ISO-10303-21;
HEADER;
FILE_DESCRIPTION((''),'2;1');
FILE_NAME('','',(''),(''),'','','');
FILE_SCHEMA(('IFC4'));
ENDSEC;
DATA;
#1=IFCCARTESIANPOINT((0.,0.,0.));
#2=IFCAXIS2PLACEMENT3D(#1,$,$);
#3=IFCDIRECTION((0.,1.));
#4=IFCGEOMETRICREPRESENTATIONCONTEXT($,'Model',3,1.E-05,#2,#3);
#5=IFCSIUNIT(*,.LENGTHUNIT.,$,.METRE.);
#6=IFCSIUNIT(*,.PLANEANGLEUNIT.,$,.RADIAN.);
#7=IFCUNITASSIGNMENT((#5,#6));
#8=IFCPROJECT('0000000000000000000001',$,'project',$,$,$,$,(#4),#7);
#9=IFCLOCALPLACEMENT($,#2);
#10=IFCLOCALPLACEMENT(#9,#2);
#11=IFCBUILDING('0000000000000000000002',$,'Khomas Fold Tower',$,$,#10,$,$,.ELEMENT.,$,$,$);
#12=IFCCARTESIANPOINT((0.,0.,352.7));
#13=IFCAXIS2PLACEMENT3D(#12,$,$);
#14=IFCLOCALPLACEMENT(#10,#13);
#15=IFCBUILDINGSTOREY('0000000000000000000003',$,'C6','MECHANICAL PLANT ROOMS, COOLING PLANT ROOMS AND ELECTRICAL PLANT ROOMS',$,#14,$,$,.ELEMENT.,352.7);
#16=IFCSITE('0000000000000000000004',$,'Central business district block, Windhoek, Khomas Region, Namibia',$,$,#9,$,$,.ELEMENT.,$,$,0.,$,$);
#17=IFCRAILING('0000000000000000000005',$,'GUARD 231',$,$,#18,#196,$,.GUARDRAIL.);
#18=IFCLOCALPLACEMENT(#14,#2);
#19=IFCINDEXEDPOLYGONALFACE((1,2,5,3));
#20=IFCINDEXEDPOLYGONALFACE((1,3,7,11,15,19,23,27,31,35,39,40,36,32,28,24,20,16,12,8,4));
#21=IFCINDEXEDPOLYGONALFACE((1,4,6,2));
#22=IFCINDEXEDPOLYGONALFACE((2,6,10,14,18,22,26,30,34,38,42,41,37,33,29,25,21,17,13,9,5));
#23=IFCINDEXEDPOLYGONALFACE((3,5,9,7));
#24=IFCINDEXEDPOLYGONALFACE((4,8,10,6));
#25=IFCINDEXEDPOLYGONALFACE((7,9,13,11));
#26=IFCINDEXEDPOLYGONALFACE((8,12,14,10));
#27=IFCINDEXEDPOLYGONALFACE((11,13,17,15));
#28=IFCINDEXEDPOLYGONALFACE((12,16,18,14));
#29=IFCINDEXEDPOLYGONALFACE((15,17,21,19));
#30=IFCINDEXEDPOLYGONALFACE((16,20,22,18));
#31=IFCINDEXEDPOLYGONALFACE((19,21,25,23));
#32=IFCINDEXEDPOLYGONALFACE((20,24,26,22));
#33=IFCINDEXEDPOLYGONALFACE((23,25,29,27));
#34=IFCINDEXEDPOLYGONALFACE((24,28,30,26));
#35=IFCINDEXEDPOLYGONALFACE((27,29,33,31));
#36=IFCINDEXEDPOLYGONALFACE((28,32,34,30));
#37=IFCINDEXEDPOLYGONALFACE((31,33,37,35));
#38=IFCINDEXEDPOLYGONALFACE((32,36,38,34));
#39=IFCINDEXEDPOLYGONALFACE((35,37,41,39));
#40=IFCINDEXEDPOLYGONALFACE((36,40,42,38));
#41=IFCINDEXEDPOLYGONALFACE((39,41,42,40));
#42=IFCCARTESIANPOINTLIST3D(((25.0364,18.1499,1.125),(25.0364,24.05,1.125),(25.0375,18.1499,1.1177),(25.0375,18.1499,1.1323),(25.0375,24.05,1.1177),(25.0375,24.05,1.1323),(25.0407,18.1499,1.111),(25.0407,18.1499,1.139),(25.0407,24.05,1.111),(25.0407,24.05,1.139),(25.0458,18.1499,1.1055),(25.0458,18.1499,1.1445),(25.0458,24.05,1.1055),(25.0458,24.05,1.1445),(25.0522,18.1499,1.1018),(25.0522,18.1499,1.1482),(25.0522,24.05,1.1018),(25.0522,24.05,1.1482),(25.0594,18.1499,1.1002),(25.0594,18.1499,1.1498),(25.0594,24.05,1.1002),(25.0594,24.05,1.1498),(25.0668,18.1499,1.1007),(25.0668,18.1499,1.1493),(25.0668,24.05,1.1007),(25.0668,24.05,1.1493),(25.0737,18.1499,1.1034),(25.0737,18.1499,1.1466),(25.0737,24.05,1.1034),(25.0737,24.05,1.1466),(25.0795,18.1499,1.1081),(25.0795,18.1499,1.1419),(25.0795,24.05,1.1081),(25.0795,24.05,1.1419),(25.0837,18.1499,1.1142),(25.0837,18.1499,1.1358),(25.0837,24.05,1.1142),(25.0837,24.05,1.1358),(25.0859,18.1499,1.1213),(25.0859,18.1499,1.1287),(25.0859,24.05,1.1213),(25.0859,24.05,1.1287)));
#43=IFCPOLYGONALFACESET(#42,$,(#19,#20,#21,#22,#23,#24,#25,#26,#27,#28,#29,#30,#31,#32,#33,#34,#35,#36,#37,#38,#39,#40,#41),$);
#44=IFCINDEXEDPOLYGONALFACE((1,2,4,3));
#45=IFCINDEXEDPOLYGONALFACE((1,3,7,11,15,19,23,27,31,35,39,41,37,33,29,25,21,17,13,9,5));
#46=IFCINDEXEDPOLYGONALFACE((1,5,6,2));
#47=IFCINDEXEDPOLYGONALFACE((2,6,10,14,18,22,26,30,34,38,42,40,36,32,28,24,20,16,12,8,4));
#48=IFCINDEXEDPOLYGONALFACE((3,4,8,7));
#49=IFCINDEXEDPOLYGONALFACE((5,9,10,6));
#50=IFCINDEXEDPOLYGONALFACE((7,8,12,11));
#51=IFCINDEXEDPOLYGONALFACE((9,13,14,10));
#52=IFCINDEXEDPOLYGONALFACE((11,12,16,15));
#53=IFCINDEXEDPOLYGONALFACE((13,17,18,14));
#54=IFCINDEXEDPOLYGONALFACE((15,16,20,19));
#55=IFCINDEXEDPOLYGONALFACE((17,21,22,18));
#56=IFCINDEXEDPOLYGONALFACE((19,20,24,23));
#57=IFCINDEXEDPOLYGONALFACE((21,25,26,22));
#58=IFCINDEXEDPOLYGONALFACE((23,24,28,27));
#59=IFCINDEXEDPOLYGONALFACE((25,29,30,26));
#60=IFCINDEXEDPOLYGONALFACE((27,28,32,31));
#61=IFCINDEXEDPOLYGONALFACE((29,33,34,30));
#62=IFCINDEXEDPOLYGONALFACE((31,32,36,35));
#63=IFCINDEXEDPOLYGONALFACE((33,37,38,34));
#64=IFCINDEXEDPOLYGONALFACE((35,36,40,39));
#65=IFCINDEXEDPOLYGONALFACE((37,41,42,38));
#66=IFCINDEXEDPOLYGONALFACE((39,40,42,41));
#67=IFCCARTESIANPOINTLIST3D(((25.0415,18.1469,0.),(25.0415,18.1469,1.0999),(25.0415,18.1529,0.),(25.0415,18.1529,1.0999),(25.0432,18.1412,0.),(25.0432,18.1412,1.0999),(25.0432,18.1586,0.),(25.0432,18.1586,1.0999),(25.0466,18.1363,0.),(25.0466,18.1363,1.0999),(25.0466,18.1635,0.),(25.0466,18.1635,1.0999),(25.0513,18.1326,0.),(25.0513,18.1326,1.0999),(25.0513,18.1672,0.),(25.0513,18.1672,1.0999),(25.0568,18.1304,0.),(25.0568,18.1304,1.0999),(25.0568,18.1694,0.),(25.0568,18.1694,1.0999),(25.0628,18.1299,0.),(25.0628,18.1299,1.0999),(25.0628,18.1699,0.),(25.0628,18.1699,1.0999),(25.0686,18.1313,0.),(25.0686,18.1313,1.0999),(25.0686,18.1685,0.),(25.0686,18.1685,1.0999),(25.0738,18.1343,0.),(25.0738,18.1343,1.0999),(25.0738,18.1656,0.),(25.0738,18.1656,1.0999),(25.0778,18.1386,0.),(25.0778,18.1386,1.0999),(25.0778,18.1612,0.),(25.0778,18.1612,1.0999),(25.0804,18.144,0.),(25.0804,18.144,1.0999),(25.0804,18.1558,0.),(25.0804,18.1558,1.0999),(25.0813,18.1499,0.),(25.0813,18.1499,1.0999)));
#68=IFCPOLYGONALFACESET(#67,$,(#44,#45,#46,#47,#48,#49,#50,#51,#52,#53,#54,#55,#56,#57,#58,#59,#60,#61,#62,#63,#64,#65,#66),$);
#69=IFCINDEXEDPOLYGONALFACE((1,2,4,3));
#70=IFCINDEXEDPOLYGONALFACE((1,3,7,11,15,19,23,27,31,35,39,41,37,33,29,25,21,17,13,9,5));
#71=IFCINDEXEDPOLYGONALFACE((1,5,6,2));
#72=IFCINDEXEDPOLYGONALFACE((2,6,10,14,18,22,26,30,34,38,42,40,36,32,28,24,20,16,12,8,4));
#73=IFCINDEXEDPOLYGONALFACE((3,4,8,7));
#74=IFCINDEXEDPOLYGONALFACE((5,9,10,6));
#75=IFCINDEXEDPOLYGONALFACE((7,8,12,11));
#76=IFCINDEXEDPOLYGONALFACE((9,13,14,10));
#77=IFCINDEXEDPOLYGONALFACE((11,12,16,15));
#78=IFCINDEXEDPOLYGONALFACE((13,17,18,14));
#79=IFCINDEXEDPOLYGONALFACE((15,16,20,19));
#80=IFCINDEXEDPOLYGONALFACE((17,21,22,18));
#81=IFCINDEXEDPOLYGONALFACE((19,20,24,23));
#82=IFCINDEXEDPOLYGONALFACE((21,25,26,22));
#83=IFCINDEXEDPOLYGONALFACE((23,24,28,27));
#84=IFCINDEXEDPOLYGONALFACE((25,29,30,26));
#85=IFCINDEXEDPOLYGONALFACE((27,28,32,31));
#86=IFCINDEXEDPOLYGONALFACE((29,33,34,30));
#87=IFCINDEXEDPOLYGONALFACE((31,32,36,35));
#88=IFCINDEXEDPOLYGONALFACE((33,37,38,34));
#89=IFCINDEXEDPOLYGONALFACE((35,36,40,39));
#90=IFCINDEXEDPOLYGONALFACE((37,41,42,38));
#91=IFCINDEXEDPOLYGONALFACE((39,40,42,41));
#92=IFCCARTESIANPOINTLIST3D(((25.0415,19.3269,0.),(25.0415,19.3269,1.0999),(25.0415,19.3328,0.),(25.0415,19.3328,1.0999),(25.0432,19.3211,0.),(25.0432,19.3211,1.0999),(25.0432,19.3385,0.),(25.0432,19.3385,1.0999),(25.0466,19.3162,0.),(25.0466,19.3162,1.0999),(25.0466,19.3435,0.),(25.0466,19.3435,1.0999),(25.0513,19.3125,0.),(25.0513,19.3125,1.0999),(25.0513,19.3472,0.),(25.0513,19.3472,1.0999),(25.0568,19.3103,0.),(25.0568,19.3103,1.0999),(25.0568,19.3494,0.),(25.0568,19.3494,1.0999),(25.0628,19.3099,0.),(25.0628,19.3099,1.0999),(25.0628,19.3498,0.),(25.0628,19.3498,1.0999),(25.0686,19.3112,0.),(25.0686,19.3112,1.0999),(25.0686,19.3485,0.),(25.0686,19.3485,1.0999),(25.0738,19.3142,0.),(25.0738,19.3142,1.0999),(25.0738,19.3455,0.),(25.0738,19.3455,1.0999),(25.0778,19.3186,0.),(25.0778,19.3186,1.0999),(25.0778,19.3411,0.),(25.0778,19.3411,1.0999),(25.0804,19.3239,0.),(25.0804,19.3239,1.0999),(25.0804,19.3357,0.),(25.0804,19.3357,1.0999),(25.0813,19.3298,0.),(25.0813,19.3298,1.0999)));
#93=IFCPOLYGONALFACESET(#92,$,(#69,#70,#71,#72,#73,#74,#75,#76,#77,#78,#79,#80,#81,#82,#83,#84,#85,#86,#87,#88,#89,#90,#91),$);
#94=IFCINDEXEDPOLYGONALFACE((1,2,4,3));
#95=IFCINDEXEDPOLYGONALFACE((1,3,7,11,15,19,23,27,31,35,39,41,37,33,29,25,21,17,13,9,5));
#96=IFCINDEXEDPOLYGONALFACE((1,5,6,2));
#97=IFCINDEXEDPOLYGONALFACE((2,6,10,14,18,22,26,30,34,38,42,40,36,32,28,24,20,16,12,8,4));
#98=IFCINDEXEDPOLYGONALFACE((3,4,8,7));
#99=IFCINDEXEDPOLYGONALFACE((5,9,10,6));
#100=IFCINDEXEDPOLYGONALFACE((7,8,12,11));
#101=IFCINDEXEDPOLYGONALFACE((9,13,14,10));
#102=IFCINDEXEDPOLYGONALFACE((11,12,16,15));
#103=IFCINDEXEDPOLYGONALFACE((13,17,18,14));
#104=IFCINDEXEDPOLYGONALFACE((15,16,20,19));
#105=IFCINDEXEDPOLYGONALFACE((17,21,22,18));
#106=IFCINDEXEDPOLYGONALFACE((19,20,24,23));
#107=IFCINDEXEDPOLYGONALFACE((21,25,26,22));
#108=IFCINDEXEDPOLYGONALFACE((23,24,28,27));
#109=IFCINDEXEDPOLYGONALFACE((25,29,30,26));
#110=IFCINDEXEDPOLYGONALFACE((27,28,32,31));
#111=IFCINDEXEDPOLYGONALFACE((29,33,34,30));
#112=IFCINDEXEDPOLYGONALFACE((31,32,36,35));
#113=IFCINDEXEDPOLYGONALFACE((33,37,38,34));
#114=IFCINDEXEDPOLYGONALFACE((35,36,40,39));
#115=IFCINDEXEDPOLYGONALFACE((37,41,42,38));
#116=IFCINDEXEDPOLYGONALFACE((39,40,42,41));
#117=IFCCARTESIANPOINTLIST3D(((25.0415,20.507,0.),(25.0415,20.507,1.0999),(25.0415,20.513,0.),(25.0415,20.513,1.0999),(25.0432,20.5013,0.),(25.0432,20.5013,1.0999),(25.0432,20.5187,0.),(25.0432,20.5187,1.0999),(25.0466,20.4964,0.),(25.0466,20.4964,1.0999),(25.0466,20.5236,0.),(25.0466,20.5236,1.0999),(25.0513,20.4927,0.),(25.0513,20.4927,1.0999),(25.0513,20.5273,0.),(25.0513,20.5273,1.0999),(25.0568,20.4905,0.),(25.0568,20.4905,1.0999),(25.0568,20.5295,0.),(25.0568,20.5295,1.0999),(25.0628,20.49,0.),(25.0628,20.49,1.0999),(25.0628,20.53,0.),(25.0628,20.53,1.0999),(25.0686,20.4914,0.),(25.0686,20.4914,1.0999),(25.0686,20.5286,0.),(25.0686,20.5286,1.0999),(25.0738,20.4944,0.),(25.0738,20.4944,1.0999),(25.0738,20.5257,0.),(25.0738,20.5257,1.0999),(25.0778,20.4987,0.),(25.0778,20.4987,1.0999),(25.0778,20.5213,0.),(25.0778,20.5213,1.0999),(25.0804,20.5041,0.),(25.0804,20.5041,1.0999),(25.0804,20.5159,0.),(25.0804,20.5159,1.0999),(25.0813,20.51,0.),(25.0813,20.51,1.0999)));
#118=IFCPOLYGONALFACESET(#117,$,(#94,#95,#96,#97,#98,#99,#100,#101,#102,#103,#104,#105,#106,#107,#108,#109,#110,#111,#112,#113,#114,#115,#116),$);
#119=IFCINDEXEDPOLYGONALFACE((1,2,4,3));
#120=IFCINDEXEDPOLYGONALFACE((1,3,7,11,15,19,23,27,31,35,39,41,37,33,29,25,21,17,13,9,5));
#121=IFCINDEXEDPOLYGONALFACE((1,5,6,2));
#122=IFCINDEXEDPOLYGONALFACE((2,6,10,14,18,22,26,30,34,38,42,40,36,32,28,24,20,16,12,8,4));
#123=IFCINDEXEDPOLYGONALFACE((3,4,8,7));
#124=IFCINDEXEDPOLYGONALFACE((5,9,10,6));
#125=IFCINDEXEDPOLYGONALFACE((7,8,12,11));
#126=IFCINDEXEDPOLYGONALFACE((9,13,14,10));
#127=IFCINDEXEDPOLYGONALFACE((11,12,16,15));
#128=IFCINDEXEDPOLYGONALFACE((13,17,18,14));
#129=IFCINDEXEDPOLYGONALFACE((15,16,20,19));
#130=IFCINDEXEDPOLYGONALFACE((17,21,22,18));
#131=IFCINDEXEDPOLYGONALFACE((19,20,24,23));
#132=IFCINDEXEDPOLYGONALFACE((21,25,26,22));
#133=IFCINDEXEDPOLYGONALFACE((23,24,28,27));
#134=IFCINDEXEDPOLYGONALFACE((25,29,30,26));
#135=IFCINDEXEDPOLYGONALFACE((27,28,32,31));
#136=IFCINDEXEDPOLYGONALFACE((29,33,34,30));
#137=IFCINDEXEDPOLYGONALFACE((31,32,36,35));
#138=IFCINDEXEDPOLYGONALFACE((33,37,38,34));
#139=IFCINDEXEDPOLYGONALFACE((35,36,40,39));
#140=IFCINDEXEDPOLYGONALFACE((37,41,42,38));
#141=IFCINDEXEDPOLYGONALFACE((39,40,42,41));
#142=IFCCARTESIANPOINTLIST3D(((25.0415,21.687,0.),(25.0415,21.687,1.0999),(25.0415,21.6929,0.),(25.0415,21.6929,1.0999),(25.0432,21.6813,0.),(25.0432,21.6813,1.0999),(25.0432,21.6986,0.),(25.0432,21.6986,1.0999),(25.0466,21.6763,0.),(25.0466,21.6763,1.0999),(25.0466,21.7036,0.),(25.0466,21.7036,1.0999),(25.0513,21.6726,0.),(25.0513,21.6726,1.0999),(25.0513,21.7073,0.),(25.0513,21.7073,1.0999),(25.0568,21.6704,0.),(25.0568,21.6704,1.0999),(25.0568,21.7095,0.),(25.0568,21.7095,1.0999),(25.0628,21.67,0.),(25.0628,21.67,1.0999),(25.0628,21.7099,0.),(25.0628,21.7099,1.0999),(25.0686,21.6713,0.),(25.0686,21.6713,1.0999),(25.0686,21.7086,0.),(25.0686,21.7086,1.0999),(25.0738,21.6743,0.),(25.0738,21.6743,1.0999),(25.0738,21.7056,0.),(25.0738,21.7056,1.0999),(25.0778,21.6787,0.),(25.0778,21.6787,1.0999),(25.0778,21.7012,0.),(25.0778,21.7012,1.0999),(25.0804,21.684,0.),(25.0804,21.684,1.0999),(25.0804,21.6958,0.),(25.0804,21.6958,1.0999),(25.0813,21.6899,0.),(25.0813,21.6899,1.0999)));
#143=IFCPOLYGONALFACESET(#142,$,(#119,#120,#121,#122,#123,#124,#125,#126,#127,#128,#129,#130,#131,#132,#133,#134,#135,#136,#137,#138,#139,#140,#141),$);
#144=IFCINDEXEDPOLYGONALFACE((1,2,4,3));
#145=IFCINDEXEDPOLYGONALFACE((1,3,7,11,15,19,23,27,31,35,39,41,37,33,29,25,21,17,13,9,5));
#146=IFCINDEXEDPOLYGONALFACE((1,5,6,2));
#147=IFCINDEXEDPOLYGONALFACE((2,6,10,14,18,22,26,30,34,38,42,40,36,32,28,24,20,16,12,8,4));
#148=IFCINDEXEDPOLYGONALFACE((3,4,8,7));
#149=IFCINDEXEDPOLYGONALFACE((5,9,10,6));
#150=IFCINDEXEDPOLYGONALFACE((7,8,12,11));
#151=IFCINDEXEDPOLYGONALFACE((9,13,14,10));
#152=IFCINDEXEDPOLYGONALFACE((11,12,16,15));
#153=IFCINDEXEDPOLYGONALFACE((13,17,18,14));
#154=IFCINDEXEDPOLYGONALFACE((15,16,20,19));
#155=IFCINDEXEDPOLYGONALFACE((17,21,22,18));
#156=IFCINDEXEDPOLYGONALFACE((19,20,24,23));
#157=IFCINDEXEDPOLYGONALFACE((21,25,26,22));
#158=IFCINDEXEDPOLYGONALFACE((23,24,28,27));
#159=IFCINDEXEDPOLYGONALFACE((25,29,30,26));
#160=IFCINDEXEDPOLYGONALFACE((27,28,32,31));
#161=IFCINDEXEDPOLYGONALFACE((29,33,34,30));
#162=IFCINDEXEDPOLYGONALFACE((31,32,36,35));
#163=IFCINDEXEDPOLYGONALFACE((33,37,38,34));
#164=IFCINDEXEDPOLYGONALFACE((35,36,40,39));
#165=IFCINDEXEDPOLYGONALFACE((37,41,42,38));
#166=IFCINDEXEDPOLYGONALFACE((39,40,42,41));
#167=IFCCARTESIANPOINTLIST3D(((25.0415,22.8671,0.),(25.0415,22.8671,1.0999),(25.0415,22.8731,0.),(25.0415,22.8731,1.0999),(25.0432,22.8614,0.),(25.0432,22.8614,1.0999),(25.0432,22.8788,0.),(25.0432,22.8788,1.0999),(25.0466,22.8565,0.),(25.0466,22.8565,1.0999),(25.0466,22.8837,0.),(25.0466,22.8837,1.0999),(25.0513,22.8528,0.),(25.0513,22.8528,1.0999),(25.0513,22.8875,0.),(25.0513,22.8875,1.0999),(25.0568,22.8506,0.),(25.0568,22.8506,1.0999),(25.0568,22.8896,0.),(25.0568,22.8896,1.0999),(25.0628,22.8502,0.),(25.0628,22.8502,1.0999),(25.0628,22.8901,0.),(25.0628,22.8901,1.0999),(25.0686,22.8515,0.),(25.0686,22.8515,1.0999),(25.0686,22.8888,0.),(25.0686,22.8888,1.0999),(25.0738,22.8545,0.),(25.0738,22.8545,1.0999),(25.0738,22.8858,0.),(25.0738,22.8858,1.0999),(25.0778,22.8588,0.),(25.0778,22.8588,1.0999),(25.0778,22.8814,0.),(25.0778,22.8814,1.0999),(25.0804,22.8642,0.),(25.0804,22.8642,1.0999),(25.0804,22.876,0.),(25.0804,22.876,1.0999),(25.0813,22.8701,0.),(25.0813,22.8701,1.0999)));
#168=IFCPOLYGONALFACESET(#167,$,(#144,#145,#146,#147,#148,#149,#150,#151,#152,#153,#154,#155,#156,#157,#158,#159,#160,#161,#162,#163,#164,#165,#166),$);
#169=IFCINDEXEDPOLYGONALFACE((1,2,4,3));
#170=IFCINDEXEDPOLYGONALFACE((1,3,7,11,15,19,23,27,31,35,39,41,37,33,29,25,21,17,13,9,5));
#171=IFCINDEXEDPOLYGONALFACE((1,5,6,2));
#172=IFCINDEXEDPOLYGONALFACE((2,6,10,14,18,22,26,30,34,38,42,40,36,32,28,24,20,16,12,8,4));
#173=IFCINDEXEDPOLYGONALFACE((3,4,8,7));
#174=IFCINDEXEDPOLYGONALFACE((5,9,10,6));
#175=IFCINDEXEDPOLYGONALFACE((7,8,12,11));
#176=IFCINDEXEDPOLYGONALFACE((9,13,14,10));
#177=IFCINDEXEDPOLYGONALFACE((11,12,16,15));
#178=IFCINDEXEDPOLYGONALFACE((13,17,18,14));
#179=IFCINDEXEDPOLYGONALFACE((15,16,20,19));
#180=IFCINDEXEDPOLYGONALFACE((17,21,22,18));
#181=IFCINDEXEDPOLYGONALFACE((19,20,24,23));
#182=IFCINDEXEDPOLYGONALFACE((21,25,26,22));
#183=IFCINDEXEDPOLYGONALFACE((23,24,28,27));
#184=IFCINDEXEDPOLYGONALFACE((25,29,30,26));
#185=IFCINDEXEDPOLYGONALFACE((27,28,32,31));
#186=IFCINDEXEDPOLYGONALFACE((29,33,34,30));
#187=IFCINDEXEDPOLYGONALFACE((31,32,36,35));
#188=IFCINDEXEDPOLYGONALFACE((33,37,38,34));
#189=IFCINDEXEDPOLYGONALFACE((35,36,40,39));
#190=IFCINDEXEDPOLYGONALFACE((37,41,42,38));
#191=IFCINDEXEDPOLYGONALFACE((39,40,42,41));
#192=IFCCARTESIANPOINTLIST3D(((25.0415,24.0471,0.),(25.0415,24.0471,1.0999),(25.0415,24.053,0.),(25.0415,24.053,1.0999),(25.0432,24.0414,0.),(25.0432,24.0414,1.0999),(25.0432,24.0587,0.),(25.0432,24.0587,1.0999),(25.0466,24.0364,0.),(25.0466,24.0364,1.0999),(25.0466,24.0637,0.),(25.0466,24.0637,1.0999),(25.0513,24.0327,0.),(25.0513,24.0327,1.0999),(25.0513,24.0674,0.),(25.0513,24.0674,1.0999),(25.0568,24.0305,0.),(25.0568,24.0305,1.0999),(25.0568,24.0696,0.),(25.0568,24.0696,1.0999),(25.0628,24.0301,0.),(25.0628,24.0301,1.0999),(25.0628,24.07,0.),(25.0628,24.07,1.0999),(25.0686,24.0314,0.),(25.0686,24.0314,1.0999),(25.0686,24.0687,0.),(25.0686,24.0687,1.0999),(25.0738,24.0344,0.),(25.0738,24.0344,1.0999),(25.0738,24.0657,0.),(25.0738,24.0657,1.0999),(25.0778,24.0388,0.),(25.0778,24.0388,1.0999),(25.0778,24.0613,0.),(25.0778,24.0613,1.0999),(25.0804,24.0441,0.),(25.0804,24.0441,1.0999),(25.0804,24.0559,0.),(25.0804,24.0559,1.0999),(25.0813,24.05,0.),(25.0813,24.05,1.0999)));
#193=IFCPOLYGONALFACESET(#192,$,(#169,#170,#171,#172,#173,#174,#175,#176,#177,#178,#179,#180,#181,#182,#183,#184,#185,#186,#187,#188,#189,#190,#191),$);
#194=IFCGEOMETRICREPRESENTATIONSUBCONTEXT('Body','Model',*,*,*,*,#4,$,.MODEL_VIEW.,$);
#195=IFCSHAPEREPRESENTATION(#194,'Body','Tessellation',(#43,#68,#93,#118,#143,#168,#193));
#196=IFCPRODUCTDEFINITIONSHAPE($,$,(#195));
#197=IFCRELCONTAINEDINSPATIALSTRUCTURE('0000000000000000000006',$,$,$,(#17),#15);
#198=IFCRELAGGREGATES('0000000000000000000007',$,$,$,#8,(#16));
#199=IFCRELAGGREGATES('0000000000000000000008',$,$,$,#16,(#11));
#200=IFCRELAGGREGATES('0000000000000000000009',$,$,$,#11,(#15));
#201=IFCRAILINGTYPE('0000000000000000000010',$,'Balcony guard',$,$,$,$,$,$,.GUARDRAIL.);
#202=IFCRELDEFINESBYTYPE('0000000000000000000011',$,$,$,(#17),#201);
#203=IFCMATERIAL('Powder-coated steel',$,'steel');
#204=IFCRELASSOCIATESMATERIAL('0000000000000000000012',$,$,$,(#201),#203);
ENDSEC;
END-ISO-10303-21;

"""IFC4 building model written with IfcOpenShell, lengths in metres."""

from ifc_helpers import new_model, si_unit, direction, frame, origin, origin_2d, place, context, subcontext, project, spatial, circle, extrude, source, transform, mapped, material, type_object, element, save


model = new_model("IFC4")

# Units and contexts
model_context = context("Model", 3, precision=1e-05, world=origin(), true_north=direction((0.0, 1.0)))
body_context = subcontext(model_context, "Body", "Model", "MODEL_VIEW")
ifc_project = project(units=[si_unit("LENGTHUNIT", "METRE"), si_unit("PLANEANGLEUNIT", "RADIAN")], contexts=[model_context])

# Site, building, storey
site_placement = place(None, origin())
site = spatial("IfcSite", under=ifc_project, at=site_placement, Name="Central business district block, Windhoek, Khomas Region, Namibia", CompositionType="ELEMENT", RefElevation=0.0)
building_placement = place(site_placement, origin())
building = spatial("IfcBuilding", under=site, at=building_placement, Name="Khomas Fold Tower", CompositionType="ELEMENT")
storey_placement = place(building_placement, frame((0.0, 0.0, 352.7)))
storey = spatial("IfcBuildingStorey", under=building, at=storey_placement, Name="C6", Description="MECHANICAL PLANT ROOMS, COOLING PLANT ROOMS AND ELECTRICAL PLANT ROOMS", CompositionType="ELEMENT", Elevation=352.7)

# Railing
ifc_material_1 = material(Name="Powder-coated steel", Category="steel")
railing_type = type_object("IfcRailingType", Name="Balcony guard", PredefinedType="GUARDRAIL", material=ifc_material_1)
shared_shape_1 = source(origin(), body_context, "Body", "SweptSolid", [
    extrude(circle(Radius=0.0249, at=origin_2d()), frame((0.0, 0.0, 1.125), z_axis=(0.0, 1.0, 0.0), x_axis=(-1.0, 0.0, 0.0)), (0.0, 0.0, 1.0), 5.9001),
    extrude(circle(Radius=0.02, at=origin_2d()), origin(), (0.0, 0.0, 1.0), 1.0999),
    extrude(circle(Radius=0.02, at=origin_2d()), frame((0.0, 1.1799, 0.0)), (0.0, 0.0, 1.0), 1.0999),
    extrude(circle(Radius=0.02, at=origin_2d()), frame((0.0, 2.3601, 0.0)), (0.0, 0.0, 1.0), 1.0999),
    extrude(circle(Radius=0.02, at=origin_2d()), frame((0.0, 3.54, 0.0)), (0.0, 0.0, 1.0), 1.0999),
    extrude(circle(Radius=0.02, at=origin_2d()), frame((0.0, 4.7202, 0.0)), (0.0, 0.0, 1.0), 1.0999),
    extrude(circle(Radius=0.02, at=origin_2d()), frame((0.0, 5.9001, 0.0)), (0.0, 0.0, 1.0), 1.0999),
])
railing_1_placement = place(storey_placement, frame((25.0613, 18.1499, 0.0)))
element("IfcRailing", 1, at=railing_1_placement, inside=storey, type_object=railing_type, Name="GUARD 231", PredefinedType="GUARDRAIL", context=body_context, shape_type="MappedRepresentation", body=[
    mapped(shared_shape_1, transform((0.0, 0.0, 0.0))),
])

save(model, "model.ifc")
